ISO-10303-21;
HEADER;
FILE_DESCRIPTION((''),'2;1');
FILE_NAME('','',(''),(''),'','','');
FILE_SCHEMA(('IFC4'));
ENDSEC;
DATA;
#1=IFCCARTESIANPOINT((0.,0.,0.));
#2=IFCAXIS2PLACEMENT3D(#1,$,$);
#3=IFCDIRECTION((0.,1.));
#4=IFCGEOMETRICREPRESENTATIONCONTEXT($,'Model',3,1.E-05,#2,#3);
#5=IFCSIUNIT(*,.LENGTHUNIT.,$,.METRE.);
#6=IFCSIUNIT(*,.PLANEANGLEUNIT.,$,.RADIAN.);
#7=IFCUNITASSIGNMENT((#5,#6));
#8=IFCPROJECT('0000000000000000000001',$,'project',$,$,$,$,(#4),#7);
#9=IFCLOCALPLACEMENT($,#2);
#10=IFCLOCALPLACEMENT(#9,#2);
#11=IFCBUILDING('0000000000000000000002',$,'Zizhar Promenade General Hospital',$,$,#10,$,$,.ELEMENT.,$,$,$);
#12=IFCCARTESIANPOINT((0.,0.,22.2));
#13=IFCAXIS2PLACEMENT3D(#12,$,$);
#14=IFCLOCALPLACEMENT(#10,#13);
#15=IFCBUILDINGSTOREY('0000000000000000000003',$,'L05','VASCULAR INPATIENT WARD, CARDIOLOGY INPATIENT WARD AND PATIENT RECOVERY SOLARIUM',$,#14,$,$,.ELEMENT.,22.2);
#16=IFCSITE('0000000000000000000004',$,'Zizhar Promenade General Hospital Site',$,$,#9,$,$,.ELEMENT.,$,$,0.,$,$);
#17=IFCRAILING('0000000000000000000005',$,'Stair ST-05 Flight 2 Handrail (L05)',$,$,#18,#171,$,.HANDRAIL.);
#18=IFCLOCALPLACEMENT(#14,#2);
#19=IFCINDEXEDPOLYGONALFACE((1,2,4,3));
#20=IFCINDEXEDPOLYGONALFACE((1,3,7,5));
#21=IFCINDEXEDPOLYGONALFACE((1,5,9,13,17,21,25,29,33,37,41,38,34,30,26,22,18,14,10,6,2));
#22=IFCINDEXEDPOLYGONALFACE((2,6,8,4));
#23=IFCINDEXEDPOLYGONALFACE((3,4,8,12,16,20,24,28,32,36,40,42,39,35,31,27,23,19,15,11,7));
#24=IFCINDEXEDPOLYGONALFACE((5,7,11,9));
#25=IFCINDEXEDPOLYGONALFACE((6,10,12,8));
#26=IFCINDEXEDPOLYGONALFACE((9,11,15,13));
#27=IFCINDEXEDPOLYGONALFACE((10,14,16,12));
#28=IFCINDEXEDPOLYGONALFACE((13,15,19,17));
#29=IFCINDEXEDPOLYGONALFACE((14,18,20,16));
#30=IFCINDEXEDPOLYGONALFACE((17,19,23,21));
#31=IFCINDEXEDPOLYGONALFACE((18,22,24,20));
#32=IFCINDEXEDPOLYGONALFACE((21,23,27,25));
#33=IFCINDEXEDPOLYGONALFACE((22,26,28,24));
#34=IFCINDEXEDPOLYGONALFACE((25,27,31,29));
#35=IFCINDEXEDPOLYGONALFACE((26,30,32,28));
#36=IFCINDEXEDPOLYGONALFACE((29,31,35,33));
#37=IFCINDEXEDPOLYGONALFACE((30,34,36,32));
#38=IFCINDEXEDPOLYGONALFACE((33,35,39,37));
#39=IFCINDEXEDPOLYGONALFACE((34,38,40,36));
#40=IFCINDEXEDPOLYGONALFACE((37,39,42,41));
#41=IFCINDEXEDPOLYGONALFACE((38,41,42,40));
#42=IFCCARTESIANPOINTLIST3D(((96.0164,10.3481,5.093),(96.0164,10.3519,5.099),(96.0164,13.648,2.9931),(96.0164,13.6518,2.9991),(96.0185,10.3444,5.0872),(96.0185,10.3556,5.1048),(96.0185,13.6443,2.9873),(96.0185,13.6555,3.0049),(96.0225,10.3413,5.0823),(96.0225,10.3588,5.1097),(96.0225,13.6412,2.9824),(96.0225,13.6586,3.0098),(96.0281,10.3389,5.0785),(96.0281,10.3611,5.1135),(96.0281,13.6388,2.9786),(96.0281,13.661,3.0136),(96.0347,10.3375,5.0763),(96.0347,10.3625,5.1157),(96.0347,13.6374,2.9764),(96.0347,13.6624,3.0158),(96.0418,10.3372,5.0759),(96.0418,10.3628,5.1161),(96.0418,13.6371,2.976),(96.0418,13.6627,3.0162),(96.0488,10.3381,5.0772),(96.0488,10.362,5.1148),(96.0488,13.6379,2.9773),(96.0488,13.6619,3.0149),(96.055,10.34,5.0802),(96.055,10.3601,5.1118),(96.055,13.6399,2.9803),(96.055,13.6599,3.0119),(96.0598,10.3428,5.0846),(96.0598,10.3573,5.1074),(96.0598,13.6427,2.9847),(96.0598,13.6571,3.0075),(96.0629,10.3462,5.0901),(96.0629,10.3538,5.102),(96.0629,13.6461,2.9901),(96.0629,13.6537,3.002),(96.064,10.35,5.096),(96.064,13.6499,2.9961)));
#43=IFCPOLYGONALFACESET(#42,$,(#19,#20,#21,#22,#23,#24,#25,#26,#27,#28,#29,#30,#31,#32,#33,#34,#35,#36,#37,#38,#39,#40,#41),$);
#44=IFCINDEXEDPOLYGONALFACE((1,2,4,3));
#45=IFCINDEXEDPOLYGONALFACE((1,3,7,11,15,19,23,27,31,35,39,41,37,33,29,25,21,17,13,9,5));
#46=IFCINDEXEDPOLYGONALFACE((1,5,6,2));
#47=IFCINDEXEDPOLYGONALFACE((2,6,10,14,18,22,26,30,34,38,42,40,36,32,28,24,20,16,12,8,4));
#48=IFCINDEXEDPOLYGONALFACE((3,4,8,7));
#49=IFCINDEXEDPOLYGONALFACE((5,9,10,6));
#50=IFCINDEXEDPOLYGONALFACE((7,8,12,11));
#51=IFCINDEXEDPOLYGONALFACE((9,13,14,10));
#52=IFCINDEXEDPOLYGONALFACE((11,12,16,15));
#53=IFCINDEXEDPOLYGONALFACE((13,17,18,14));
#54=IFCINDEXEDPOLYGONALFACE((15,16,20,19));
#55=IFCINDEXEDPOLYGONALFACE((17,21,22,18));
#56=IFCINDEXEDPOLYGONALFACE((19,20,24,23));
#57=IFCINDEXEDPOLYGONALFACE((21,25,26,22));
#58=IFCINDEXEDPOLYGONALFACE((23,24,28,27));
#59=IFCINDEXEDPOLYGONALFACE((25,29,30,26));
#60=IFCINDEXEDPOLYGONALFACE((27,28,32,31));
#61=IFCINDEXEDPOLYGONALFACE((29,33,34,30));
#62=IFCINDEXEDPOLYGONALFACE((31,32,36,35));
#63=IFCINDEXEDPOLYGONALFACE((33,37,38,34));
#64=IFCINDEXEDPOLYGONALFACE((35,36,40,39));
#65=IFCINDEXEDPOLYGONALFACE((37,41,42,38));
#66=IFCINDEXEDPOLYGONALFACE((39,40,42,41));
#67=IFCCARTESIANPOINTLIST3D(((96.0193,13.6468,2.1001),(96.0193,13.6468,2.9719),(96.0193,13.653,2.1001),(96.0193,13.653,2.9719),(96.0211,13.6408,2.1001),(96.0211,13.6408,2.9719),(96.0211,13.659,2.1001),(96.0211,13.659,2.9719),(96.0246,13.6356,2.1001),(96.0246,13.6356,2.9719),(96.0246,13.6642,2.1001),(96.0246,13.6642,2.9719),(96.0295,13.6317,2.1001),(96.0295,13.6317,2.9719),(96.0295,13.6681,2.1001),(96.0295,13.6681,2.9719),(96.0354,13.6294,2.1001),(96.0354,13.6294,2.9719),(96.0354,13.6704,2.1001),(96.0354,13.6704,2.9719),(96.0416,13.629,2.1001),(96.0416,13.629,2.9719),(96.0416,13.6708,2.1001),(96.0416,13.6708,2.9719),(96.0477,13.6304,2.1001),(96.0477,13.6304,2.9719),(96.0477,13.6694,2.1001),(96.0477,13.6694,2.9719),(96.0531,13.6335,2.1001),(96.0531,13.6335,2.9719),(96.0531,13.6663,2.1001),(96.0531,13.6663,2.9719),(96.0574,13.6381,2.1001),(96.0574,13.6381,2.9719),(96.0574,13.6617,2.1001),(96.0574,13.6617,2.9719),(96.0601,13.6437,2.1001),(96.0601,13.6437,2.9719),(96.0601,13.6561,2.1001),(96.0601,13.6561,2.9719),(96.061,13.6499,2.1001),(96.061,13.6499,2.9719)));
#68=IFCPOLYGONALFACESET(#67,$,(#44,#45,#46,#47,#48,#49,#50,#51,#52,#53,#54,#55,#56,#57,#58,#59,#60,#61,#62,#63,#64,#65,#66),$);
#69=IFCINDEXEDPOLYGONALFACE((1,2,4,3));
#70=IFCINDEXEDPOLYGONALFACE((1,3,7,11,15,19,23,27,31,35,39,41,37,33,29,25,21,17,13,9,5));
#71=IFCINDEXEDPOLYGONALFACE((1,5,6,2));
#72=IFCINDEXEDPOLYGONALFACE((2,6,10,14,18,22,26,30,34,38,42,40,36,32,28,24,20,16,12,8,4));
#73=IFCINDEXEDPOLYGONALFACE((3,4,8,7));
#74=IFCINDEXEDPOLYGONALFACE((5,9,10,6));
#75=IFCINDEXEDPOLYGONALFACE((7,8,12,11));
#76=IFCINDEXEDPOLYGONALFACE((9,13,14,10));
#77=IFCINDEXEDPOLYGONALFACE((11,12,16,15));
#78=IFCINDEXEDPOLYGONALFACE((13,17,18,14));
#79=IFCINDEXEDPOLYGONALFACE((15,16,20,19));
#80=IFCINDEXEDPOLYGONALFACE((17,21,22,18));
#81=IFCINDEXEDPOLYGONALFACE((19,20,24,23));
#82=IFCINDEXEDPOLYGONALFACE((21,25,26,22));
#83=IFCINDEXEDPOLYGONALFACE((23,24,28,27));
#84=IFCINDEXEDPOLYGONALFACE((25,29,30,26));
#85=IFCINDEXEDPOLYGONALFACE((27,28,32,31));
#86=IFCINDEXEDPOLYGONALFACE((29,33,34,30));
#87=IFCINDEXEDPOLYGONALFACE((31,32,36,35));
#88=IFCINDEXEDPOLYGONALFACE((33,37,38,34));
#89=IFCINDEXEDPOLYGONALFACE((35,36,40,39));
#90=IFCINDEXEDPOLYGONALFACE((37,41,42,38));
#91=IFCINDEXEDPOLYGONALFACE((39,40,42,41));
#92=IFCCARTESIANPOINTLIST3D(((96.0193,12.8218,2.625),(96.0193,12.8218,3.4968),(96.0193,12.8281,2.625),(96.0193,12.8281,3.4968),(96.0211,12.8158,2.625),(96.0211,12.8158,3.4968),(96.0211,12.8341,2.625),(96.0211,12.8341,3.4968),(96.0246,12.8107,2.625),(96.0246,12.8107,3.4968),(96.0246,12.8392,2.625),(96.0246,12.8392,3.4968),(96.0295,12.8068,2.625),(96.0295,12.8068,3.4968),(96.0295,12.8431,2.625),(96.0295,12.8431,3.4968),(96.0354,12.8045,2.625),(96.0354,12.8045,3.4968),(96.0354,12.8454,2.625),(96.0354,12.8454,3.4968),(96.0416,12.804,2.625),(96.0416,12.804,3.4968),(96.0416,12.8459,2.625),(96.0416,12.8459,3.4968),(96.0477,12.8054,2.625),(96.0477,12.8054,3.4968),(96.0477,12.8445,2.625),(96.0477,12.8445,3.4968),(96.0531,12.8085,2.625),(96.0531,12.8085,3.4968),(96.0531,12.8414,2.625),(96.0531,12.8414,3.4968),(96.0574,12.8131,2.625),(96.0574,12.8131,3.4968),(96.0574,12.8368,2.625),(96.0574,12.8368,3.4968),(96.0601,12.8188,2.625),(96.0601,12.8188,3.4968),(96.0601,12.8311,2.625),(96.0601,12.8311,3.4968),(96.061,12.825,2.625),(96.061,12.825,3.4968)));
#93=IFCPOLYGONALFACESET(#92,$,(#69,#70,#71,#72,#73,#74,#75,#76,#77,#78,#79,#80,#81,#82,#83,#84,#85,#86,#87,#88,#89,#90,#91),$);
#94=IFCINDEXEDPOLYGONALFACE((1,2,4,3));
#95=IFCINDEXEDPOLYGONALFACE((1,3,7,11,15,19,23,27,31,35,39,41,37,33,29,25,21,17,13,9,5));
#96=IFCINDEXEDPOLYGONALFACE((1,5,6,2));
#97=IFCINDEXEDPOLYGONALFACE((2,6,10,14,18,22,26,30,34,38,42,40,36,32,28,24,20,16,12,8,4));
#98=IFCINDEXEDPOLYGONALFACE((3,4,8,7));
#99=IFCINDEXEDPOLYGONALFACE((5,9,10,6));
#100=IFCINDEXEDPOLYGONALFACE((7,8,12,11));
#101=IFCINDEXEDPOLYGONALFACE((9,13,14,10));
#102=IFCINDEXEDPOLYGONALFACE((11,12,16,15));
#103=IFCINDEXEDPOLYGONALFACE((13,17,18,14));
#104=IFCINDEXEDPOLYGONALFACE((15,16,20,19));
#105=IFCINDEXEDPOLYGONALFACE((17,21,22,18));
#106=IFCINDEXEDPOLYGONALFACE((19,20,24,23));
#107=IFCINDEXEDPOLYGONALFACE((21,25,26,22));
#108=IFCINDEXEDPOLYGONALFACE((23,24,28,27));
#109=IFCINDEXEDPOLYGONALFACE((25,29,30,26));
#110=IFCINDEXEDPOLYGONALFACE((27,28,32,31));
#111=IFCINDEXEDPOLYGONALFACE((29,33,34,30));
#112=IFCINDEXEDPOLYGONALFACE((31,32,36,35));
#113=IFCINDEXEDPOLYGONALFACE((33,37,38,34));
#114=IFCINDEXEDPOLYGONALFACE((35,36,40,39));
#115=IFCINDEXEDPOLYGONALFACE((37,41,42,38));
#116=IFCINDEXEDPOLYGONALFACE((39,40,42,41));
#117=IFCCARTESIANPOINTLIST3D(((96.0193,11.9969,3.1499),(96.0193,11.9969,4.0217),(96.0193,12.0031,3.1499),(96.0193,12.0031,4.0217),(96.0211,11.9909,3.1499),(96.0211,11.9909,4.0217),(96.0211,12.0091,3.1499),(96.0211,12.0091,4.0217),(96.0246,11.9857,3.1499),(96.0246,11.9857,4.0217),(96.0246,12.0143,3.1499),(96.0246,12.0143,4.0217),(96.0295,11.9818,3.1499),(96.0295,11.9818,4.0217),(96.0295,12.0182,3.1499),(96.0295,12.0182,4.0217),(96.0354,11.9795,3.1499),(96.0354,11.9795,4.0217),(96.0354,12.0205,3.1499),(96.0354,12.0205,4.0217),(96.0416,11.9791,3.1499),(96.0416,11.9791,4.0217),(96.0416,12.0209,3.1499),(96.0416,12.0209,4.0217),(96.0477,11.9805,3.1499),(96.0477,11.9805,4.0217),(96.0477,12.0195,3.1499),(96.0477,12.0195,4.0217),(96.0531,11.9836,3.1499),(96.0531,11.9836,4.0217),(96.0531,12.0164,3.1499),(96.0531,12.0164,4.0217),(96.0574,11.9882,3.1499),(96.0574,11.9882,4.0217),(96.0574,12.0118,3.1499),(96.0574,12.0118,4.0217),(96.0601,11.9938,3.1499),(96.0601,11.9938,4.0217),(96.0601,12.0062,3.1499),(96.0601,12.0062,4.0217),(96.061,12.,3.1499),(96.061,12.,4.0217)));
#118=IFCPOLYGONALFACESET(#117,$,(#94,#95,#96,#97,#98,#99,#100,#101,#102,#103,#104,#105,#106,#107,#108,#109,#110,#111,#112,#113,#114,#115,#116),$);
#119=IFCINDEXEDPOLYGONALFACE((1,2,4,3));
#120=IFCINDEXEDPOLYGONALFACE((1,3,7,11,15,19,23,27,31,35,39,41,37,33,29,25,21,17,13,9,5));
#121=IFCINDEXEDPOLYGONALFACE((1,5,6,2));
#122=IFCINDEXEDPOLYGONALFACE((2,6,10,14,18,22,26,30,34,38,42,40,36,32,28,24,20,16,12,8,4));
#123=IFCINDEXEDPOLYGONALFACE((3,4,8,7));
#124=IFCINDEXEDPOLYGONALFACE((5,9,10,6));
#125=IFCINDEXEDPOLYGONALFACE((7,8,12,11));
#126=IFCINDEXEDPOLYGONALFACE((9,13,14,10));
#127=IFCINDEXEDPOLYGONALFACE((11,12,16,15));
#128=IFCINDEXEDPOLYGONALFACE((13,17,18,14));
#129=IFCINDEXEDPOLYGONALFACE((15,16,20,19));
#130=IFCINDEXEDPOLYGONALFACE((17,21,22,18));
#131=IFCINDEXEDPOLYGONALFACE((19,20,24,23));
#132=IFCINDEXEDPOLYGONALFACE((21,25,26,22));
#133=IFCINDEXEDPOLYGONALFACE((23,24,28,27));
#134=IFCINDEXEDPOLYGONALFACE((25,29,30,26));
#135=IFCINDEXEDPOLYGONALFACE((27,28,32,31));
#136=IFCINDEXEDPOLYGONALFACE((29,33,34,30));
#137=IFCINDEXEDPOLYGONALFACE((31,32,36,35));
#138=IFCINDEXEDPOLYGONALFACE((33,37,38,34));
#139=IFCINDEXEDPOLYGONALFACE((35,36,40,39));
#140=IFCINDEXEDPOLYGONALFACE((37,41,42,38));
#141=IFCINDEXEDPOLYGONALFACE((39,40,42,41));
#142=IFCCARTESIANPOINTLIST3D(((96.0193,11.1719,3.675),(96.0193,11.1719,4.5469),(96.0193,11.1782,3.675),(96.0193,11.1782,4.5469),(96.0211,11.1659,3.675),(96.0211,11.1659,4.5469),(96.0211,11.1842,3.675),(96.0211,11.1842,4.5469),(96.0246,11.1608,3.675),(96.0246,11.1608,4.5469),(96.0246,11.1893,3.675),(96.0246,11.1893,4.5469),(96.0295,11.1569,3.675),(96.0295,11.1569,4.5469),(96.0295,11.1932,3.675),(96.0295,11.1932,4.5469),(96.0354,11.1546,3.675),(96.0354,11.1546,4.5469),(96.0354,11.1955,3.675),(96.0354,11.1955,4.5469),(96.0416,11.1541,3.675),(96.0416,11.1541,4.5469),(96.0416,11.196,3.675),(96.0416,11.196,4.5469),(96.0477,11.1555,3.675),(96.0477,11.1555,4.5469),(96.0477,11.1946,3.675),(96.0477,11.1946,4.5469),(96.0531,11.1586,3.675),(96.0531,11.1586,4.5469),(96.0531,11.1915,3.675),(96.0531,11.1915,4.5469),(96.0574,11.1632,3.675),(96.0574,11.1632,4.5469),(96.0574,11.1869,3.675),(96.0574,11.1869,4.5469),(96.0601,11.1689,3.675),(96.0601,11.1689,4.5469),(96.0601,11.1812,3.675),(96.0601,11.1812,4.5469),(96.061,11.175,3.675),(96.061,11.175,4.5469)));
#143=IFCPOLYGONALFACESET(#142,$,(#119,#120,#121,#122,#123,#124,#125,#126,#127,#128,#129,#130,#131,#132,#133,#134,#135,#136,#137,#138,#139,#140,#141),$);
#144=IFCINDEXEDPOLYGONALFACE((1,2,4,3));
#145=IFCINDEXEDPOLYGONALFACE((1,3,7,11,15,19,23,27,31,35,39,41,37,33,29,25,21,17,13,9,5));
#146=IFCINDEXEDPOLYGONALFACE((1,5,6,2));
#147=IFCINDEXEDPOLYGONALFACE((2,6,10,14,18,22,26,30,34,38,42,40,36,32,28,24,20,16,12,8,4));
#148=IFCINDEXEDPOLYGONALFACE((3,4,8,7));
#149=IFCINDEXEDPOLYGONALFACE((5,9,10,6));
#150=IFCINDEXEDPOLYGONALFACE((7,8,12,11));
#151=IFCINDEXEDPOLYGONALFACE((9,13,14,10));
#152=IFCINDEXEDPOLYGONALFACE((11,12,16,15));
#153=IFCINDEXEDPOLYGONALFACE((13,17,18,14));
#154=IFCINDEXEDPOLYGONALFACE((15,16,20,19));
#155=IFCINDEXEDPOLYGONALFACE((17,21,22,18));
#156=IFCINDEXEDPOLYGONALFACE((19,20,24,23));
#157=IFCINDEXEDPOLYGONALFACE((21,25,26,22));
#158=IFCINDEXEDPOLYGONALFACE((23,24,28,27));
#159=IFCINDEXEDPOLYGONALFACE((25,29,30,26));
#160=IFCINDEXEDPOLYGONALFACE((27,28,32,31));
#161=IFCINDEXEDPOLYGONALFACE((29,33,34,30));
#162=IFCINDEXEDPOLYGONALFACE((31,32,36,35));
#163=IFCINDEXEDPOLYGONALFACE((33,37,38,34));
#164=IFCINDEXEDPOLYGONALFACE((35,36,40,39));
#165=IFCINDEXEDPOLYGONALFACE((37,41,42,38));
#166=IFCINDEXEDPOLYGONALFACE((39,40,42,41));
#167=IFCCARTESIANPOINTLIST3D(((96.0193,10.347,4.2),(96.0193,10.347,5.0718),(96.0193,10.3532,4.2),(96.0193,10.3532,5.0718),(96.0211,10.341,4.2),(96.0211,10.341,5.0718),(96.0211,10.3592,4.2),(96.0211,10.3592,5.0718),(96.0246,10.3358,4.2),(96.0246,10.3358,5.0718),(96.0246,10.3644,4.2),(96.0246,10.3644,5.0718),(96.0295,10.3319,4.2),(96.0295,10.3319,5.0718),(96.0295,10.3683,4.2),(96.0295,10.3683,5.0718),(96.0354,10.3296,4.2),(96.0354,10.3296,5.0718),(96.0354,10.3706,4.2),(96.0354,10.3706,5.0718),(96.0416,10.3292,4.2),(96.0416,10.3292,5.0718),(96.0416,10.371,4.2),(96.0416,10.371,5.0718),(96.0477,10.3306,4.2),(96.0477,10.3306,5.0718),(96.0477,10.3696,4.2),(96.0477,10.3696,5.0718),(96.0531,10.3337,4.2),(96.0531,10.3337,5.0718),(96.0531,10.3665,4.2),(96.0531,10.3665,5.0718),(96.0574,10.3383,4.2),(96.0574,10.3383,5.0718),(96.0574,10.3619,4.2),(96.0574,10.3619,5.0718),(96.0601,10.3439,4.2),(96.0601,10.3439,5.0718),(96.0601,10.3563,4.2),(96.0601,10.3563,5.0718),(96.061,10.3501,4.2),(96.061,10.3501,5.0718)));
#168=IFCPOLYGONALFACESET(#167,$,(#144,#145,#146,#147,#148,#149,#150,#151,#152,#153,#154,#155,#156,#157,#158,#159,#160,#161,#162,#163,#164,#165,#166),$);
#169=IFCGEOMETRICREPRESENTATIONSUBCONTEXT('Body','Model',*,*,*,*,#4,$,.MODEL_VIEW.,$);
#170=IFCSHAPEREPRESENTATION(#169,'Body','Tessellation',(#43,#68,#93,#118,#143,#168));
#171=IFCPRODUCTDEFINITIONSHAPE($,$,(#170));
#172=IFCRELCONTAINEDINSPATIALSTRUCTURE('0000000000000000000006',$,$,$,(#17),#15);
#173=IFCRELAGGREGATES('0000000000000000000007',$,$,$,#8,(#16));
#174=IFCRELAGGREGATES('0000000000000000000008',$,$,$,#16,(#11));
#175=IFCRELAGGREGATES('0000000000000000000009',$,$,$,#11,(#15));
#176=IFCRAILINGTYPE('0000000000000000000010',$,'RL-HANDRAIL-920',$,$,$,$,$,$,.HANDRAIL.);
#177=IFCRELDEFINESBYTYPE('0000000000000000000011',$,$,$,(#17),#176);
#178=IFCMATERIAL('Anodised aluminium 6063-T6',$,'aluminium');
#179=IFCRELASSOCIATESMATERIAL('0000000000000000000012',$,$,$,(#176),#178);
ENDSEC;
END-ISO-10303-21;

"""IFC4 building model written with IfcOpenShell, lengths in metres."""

from ifc_helpers import new_model, si_unit, direction, frame, origin, origin_2d, place, context, subcontext, project, spatial, circle, hollow_circle, extrude, material, material_profile, profile_set, type_object, element, save


model = new_model("IFC4")

# Units and contexts
model_context = context("Model", 3, precision=1e-05, world=origin(), true_north=direction((0.0, 1.0)))
body_context = subcontext(model_context, "Body", "Model", "MODEL_VIEW")
ifc_project = project(units=[si_unit("LENGTHUNIT", "METRE"), si_unit("PLANEANGLEUNIT", "RADIAN")], contexts=[model_context])

# Site, building, storey
site_placement = place(None, origin())
site = spatial("IfcSite", under=ifc_project, at=site_placement, Name="Zizhar Promenade General Hospital Site", CompositionType="ELEMENT", RefElevation=0.0)
building_placement = place(site_placement, origin())
building = spatial("IfcBuilding", under=site, at=building_placement, Name="Zizhar Promenade General Hospital", CompositionType="ELEMENT")
storey_placement = place(building_placement, frame((0.0, 0.0, 22.2)))
storey = spatial("IfcBuildingStorey", under=building, at=storey_placement, Name="L05", Description="VASCULAR INPATIENT WARD, CARDIOLOGY INPATIENT WARD AND PATIENT RECOVERY SOLARIUM", CompositionType="ELEMENT", Elevation=22.2)

# Railing
ifc_material_1 = material(Name="Anodised aluminium 6063-T6", Category="aluminium")
ifc_material_profile_1 = material_profile(ifc_material_1, hollow_circle(Radius=0.0698, WallThickness=0.0063, at=origin_2d()))
ifc_profile_set_1 = profile_set([ifc_material_profile_1], Name="Anodised aluminium 6063-T6")
railing_type = type_object("IfcRailingType", Name="RL-HANDRAIL-920", PredefinedType="HANDRAIL", material=ifc_profile_set_1)
railing_1_placement = place(storey_placement, frame((96.04, 13.6499, 2.1001)))
element("IfcRailing", 1, at=railing_1_placement, inside=storey, type_object=railing_type, Name="Stair ST-05 Flight 2 Handrail (L05)", PredefinedType="HANDRAIL", context=body_context, shape_type="SweptSolid", body=[
    extrude(circle(Radius=0.0239, at=origin_2d()), frame((0.0, 0.0, 0.896), z_axis=(0.0, -0.843664, 0.536871), x_axis=(1.0, 0.0, 0.0)), (0.0, 0.0, 1.0), 3.9114),
    extrude(circle(Radius=0.021, at=origin_2d()), origin(), (0.0, 0.0, 1.0), 0.8718),
    extrude(circle(Radius=0.021, at=origin_2d()), frame((0.0, -0.825, 0.5249)), (0.0, 0.0, 1.0), 0.8718),
    extrude(circle(Radius=0.021, at=origin_2d()), frame((0.0, -1.6499, 1.0498)), (0.0, 0.0, 1.0), 0.8718),
    extrude(circle(Radius=0.021, at=origin_2d()), frame((0.0, -2.4749, 1.575)), (0.0, 0.0, 1.0), 0.8718),
    extrude(circle(Radius=0.021, at=origin_2d()), frame((0.0, -3.2998, 2.0999)), (0.0, 0.0, 1.0), 0.8718),
])

save(model, "model.ifc")
